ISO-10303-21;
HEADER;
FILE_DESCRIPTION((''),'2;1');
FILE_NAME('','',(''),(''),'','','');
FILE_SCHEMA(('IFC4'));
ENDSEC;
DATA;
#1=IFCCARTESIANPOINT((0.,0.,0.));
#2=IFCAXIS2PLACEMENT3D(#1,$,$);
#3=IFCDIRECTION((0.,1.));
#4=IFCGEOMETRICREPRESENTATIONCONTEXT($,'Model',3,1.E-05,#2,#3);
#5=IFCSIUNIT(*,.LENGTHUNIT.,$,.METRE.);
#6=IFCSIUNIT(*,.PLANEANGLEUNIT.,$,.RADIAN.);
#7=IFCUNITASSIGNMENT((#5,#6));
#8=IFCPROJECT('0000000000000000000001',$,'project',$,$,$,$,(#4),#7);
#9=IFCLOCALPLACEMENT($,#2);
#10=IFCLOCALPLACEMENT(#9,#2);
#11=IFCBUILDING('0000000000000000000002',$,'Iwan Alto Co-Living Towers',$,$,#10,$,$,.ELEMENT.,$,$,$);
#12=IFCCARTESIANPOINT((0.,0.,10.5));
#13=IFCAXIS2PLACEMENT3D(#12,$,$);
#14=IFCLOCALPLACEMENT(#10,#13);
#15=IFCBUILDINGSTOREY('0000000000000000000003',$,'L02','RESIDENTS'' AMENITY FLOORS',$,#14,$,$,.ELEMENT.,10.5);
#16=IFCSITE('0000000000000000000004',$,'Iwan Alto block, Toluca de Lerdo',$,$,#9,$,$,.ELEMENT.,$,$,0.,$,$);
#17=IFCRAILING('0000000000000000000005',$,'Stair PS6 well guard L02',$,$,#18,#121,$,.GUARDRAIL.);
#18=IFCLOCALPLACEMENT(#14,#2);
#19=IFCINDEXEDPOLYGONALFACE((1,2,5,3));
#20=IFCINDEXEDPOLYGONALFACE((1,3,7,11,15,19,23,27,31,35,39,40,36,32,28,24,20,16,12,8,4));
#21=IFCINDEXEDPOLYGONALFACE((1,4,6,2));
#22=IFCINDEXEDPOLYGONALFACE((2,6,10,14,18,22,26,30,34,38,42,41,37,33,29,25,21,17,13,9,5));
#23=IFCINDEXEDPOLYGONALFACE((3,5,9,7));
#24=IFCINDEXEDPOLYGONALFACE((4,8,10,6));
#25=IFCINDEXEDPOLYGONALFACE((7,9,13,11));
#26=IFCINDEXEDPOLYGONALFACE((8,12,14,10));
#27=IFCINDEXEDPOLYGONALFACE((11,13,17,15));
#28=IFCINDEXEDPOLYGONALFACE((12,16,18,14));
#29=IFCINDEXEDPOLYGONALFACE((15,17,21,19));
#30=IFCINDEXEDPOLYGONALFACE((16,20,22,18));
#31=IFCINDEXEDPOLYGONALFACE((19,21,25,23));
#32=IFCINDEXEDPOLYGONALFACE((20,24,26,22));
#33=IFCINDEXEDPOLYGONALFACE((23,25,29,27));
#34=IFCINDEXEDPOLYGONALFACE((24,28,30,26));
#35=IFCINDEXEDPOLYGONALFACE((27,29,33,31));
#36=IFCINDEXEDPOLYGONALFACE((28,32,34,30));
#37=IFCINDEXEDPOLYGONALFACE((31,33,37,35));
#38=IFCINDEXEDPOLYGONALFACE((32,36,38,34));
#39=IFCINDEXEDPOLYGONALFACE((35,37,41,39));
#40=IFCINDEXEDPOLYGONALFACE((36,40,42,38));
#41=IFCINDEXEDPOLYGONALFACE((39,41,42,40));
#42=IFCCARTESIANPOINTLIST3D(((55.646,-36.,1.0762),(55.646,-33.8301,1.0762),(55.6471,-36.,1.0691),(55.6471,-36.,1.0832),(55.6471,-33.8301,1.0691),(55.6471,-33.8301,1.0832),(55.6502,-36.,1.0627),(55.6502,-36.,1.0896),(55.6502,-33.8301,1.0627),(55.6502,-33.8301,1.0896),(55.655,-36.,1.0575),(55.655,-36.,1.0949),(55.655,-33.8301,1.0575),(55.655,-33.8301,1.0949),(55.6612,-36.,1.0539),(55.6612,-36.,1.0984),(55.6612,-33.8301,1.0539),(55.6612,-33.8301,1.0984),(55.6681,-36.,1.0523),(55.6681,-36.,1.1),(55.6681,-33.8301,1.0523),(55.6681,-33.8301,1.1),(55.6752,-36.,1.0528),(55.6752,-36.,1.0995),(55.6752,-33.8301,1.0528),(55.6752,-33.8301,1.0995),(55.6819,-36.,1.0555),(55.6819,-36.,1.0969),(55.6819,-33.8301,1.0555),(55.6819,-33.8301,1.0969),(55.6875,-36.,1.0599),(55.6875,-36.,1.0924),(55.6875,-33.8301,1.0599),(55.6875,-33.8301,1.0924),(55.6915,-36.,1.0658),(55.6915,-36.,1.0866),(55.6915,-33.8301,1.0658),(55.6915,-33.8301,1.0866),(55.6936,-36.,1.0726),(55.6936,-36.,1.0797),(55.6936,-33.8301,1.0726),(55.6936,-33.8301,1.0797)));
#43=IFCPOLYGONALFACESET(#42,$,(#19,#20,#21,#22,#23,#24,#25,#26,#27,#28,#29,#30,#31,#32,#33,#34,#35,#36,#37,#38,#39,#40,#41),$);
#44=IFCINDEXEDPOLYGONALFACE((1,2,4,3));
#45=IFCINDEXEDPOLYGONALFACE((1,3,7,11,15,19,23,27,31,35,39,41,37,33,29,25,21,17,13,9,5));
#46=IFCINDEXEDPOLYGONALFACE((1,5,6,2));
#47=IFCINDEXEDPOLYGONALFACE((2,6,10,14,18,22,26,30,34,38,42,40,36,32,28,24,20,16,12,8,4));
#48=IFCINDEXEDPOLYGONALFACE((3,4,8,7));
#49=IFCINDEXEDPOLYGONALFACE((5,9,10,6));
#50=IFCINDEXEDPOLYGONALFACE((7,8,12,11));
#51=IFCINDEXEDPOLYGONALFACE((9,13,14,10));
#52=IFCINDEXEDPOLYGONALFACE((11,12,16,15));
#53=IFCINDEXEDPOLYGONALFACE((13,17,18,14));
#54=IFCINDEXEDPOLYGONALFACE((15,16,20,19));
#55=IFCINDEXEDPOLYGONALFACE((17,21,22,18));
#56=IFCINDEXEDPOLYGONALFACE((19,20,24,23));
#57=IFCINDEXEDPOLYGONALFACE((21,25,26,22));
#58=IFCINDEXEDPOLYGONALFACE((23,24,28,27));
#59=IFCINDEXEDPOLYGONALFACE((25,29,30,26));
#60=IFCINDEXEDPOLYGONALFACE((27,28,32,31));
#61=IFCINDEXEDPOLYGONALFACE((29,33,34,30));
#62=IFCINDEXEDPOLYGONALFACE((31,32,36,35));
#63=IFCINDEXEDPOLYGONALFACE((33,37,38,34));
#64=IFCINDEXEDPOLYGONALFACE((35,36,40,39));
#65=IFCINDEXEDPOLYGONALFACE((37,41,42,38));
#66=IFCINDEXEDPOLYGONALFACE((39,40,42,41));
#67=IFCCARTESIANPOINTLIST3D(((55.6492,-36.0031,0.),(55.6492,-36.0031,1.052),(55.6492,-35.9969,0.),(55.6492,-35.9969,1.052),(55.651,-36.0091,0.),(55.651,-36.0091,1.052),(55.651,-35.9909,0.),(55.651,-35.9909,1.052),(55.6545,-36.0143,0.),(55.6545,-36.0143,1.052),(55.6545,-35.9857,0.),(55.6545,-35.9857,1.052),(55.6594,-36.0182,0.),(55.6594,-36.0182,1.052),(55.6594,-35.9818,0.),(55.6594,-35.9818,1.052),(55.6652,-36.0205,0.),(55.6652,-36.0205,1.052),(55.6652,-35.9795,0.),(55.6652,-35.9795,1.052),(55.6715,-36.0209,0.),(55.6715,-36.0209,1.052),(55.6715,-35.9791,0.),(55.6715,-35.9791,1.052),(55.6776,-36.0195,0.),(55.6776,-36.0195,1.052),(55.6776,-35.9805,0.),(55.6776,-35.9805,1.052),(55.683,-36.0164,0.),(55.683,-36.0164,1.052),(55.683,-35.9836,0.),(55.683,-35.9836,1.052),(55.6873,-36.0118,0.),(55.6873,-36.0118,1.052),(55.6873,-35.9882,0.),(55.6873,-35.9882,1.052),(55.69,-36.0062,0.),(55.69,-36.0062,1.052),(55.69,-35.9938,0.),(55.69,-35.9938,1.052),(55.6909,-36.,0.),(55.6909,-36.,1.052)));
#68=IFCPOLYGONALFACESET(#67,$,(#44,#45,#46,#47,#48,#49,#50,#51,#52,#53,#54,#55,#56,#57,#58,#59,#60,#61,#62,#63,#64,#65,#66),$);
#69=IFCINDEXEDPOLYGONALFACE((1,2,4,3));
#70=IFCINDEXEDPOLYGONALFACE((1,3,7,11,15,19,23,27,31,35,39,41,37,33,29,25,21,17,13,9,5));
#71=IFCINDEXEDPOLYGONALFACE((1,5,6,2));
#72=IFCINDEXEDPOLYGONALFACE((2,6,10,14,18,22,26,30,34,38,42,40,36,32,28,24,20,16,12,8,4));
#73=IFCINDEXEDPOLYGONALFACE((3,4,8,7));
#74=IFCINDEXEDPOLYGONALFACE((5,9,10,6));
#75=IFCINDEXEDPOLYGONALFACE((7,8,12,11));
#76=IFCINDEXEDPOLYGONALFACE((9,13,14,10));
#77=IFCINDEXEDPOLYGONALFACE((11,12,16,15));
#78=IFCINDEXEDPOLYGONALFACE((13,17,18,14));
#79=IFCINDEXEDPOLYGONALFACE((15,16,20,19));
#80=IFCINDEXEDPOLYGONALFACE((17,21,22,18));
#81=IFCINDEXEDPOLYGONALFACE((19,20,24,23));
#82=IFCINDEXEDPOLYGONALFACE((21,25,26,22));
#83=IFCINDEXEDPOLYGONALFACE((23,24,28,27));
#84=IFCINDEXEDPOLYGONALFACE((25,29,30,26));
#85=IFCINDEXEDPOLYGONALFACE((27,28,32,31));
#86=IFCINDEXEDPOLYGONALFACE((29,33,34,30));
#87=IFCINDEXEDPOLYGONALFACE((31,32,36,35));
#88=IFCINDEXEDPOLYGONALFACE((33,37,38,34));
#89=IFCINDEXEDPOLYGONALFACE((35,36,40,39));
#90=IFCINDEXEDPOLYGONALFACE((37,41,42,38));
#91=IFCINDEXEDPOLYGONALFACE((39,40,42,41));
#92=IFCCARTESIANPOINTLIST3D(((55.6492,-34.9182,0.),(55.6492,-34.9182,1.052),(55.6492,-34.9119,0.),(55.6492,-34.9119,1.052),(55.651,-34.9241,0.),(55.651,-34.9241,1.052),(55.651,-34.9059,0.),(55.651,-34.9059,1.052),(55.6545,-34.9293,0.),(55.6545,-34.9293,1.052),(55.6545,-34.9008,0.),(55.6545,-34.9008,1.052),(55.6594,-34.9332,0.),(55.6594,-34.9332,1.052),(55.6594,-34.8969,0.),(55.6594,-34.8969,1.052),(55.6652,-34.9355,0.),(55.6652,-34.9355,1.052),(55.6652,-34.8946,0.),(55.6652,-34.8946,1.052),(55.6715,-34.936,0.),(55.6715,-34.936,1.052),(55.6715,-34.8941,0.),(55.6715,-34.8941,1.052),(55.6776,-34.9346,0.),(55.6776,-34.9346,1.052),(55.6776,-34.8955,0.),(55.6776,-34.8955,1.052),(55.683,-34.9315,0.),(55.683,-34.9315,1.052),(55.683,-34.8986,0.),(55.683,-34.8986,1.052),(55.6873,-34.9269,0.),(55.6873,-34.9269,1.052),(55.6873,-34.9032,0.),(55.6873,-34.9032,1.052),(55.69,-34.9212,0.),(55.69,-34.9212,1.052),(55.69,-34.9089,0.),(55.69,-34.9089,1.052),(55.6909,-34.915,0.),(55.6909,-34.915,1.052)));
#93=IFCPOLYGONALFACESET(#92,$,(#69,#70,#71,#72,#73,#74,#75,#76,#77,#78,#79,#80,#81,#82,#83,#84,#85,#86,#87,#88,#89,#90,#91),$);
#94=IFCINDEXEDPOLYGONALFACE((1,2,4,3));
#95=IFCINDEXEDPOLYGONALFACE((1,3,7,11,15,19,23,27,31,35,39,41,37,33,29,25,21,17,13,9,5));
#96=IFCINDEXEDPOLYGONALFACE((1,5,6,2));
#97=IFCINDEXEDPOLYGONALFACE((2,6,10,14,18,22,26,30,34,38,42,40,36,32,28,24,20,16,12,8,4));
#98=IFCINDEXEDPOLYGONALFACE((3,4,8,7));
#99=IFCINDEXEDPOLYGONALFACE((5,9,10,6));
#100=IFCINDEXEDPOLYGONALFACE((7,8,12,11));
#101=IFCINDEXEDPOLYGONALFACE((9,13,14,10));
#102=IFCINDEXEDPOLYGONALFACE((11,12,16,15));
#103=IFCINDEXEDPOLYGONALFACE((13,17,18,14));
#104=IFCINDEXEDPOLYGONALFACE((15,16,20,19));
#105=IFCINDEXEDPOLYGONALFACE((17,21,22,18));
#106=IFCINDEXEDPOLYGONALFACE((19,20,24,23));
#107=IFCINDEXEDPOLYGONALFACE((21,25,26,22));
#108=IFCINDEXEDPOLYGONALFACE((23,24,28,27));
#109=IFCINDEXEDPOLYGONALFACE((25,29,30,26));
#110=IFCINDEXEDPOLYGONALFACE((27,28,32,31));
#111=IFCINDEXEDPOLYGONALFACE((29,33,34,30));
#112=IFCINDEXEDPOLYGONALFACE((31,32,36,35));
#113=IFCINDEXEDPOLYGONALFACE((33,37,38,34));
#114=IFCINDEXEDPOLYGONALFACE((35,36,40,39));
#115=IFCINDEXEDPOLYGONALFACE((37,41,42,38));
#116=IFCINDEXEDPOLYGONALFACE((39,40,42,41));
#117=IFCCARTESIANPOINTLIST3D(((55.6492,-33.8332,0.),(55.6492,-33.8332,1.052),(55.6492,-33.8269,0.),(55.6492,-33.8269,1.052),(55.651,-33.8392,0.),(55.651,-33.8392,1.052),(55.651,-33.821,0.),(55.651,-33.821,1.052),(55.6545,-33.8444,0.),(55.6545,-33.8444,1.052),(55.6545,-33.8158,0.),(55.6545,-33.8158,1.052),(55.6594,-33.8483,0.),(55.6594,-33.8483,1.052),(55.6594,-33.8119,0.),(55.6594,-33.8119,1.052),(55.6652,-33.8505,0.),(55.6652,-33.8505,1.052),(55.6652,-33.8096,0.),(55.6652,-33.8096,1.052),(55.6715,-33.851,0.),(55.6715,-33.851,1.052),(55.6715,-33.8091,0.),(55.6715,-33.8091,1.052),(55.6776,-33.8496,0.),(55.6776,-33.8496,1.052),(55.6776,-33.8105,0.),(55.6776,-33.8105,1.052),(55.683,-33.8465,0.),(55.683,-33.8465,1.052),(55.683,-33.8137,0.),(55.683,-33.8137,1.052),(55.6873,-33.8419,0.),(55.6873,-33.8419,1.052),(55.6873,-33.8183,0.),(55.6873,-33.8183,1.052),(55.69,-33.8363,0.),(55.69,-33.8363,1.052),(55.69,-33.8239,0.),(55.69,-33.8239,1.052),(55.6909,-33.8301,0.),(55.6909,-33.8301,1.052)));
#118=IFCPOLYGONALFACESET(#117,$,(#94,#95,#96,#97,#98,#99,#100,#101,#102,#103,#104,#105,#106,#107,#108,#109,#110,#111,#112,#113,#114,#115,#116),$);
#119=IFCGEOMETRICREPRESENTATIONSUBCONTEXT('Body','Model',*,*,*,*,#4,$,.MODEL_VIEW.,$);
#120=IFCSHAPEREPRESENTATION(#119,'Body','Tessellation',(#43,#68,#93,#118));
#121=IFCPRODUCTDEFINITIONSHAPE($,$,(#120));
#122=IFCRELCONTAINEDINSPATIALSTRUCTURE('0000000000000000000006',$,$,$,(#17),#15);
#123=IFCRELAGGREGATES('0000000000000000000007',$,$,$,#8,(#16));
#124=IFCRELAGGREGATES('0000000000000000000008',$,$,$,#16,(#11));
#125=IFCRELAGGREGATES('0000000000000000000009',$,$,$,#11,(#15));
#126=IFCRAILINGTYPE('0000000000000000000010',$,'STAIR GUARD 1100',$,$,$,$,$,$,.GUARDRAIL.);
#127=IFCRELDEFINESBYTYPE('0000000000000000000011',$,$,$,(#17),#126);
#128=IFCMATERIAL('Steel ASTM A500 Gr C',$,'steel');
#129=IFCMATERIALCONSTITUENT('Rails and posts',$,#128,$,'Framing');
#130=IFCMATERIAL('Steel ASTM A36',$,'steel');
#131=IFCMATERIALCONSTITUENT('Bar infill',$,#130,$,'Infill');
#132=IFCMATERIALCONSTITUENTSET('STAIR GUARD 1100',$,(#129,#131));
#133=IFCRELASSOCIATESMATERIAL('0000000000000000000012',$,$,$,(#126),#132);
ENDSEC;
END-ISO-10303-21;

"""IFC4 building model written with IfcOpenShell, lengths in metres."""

from ifc_helpers import new_model, si_unit, direction, frame, origin, origin_2d, place, context, subcontext, project, spatial, circle, extrude, material, constituent, constituent_set, type_object, element, save


model = new_model("IFC4")

# Units and contexts
model_context = context("Model", 3, precision=1e-05, world=origin(), true_north=direction((0.0, 1.0)))
body_context = subcontext(model_context, "Body", "Model", "MODEL_VIEW")
ifc_project = project(units=[si_unit("LENGTHUNIT", "METRE"), si_unit("PLANEANGLEUNIT", "RADIAN")], contexts=[model_context])

# Site, building, storey
site_placement = place(None, origin())
site = spatial("IfcSite", under=ifc_project, at=site_placement, Name="Iwan Alto block, Toluca de Lerdo", CompositionType="ELEMENT", RefElevation=0.0)
building_placement = place(site_placement, origin())
building = spatial("IfcBuilding", under=site, at=building_placement, Name="Iwan Alto Co-Living Towers", CompositionType="ELEMENT")
storey_placement = place(building_placement, frame((0.0, 0.0, 10.5)))
storey = spatial("IfcBuildingStorey", under=building, at=storey_placement, Name="L02", Description="RESIDENTS' AMENITY FLOORS", CompositionType="ELEMENT", Elevation=10.5)

# Railing
ifc_material_1 = material(Name="Steel ASTM A500 Gr C", Category="steel")
ifc_constituent_1 = constituent(ifc_material_1, Name="Rails and posts", Category="Framing")
ifc_material_2 = material(Name="Steel ASTM A36", Category="steel")
ifc_constituent_2 = constituent(ifc_material_2, Name="Bar infill", Category="Infill")
ifc_constituent_set = constituent_set(constituents=[ifc_constituent_1, ifc_constituent_2], Name="STAIR GUARD 1100")
railing_type = type_object("IfcRailingType", Name="STAIR GUARD 1100", PredefinedType="GUARDRAIL", material=ifc_constituent_set)
railing_placement = place(storey_placement, frame((55.6699, -36.0, 0.0)))
element("IfcRailing", 1, at=railing_placement, inside=storey, type_object=railing_type, Name="Stair PS6 well guard L02", PredefinedType="GUARDRAIL", context=body_context, shape_type="SweptSolid", body=[
    extrude(circle(Radius=0.0239, at=origin_2d()), frame((0.0, 0.0, 1.0762), z_axis=(0.0, 1.0, 0.0), x_axis=(-1.0, 0.0, 0.0)), (0.0, 0.0, 1.0), 2.1699),
    extrude(circle(Radius=0.021, at=origin_2d()), origin(), (0.0, 0.0, 1.0), 1.052),
    extrude(circle(Radius=0.021, at=origin_2d()), frame((0.0, 1.085, 0.0)), (0.0, 0.0, 1.0), 1.052),
    extrude(circle(Radius=0.021, at=origin_2d()), frame((0.0, 2.1699, 0.0)), (0.0, 0.0, 1.0), 1.052),
])

save(model, "model.ifc")
